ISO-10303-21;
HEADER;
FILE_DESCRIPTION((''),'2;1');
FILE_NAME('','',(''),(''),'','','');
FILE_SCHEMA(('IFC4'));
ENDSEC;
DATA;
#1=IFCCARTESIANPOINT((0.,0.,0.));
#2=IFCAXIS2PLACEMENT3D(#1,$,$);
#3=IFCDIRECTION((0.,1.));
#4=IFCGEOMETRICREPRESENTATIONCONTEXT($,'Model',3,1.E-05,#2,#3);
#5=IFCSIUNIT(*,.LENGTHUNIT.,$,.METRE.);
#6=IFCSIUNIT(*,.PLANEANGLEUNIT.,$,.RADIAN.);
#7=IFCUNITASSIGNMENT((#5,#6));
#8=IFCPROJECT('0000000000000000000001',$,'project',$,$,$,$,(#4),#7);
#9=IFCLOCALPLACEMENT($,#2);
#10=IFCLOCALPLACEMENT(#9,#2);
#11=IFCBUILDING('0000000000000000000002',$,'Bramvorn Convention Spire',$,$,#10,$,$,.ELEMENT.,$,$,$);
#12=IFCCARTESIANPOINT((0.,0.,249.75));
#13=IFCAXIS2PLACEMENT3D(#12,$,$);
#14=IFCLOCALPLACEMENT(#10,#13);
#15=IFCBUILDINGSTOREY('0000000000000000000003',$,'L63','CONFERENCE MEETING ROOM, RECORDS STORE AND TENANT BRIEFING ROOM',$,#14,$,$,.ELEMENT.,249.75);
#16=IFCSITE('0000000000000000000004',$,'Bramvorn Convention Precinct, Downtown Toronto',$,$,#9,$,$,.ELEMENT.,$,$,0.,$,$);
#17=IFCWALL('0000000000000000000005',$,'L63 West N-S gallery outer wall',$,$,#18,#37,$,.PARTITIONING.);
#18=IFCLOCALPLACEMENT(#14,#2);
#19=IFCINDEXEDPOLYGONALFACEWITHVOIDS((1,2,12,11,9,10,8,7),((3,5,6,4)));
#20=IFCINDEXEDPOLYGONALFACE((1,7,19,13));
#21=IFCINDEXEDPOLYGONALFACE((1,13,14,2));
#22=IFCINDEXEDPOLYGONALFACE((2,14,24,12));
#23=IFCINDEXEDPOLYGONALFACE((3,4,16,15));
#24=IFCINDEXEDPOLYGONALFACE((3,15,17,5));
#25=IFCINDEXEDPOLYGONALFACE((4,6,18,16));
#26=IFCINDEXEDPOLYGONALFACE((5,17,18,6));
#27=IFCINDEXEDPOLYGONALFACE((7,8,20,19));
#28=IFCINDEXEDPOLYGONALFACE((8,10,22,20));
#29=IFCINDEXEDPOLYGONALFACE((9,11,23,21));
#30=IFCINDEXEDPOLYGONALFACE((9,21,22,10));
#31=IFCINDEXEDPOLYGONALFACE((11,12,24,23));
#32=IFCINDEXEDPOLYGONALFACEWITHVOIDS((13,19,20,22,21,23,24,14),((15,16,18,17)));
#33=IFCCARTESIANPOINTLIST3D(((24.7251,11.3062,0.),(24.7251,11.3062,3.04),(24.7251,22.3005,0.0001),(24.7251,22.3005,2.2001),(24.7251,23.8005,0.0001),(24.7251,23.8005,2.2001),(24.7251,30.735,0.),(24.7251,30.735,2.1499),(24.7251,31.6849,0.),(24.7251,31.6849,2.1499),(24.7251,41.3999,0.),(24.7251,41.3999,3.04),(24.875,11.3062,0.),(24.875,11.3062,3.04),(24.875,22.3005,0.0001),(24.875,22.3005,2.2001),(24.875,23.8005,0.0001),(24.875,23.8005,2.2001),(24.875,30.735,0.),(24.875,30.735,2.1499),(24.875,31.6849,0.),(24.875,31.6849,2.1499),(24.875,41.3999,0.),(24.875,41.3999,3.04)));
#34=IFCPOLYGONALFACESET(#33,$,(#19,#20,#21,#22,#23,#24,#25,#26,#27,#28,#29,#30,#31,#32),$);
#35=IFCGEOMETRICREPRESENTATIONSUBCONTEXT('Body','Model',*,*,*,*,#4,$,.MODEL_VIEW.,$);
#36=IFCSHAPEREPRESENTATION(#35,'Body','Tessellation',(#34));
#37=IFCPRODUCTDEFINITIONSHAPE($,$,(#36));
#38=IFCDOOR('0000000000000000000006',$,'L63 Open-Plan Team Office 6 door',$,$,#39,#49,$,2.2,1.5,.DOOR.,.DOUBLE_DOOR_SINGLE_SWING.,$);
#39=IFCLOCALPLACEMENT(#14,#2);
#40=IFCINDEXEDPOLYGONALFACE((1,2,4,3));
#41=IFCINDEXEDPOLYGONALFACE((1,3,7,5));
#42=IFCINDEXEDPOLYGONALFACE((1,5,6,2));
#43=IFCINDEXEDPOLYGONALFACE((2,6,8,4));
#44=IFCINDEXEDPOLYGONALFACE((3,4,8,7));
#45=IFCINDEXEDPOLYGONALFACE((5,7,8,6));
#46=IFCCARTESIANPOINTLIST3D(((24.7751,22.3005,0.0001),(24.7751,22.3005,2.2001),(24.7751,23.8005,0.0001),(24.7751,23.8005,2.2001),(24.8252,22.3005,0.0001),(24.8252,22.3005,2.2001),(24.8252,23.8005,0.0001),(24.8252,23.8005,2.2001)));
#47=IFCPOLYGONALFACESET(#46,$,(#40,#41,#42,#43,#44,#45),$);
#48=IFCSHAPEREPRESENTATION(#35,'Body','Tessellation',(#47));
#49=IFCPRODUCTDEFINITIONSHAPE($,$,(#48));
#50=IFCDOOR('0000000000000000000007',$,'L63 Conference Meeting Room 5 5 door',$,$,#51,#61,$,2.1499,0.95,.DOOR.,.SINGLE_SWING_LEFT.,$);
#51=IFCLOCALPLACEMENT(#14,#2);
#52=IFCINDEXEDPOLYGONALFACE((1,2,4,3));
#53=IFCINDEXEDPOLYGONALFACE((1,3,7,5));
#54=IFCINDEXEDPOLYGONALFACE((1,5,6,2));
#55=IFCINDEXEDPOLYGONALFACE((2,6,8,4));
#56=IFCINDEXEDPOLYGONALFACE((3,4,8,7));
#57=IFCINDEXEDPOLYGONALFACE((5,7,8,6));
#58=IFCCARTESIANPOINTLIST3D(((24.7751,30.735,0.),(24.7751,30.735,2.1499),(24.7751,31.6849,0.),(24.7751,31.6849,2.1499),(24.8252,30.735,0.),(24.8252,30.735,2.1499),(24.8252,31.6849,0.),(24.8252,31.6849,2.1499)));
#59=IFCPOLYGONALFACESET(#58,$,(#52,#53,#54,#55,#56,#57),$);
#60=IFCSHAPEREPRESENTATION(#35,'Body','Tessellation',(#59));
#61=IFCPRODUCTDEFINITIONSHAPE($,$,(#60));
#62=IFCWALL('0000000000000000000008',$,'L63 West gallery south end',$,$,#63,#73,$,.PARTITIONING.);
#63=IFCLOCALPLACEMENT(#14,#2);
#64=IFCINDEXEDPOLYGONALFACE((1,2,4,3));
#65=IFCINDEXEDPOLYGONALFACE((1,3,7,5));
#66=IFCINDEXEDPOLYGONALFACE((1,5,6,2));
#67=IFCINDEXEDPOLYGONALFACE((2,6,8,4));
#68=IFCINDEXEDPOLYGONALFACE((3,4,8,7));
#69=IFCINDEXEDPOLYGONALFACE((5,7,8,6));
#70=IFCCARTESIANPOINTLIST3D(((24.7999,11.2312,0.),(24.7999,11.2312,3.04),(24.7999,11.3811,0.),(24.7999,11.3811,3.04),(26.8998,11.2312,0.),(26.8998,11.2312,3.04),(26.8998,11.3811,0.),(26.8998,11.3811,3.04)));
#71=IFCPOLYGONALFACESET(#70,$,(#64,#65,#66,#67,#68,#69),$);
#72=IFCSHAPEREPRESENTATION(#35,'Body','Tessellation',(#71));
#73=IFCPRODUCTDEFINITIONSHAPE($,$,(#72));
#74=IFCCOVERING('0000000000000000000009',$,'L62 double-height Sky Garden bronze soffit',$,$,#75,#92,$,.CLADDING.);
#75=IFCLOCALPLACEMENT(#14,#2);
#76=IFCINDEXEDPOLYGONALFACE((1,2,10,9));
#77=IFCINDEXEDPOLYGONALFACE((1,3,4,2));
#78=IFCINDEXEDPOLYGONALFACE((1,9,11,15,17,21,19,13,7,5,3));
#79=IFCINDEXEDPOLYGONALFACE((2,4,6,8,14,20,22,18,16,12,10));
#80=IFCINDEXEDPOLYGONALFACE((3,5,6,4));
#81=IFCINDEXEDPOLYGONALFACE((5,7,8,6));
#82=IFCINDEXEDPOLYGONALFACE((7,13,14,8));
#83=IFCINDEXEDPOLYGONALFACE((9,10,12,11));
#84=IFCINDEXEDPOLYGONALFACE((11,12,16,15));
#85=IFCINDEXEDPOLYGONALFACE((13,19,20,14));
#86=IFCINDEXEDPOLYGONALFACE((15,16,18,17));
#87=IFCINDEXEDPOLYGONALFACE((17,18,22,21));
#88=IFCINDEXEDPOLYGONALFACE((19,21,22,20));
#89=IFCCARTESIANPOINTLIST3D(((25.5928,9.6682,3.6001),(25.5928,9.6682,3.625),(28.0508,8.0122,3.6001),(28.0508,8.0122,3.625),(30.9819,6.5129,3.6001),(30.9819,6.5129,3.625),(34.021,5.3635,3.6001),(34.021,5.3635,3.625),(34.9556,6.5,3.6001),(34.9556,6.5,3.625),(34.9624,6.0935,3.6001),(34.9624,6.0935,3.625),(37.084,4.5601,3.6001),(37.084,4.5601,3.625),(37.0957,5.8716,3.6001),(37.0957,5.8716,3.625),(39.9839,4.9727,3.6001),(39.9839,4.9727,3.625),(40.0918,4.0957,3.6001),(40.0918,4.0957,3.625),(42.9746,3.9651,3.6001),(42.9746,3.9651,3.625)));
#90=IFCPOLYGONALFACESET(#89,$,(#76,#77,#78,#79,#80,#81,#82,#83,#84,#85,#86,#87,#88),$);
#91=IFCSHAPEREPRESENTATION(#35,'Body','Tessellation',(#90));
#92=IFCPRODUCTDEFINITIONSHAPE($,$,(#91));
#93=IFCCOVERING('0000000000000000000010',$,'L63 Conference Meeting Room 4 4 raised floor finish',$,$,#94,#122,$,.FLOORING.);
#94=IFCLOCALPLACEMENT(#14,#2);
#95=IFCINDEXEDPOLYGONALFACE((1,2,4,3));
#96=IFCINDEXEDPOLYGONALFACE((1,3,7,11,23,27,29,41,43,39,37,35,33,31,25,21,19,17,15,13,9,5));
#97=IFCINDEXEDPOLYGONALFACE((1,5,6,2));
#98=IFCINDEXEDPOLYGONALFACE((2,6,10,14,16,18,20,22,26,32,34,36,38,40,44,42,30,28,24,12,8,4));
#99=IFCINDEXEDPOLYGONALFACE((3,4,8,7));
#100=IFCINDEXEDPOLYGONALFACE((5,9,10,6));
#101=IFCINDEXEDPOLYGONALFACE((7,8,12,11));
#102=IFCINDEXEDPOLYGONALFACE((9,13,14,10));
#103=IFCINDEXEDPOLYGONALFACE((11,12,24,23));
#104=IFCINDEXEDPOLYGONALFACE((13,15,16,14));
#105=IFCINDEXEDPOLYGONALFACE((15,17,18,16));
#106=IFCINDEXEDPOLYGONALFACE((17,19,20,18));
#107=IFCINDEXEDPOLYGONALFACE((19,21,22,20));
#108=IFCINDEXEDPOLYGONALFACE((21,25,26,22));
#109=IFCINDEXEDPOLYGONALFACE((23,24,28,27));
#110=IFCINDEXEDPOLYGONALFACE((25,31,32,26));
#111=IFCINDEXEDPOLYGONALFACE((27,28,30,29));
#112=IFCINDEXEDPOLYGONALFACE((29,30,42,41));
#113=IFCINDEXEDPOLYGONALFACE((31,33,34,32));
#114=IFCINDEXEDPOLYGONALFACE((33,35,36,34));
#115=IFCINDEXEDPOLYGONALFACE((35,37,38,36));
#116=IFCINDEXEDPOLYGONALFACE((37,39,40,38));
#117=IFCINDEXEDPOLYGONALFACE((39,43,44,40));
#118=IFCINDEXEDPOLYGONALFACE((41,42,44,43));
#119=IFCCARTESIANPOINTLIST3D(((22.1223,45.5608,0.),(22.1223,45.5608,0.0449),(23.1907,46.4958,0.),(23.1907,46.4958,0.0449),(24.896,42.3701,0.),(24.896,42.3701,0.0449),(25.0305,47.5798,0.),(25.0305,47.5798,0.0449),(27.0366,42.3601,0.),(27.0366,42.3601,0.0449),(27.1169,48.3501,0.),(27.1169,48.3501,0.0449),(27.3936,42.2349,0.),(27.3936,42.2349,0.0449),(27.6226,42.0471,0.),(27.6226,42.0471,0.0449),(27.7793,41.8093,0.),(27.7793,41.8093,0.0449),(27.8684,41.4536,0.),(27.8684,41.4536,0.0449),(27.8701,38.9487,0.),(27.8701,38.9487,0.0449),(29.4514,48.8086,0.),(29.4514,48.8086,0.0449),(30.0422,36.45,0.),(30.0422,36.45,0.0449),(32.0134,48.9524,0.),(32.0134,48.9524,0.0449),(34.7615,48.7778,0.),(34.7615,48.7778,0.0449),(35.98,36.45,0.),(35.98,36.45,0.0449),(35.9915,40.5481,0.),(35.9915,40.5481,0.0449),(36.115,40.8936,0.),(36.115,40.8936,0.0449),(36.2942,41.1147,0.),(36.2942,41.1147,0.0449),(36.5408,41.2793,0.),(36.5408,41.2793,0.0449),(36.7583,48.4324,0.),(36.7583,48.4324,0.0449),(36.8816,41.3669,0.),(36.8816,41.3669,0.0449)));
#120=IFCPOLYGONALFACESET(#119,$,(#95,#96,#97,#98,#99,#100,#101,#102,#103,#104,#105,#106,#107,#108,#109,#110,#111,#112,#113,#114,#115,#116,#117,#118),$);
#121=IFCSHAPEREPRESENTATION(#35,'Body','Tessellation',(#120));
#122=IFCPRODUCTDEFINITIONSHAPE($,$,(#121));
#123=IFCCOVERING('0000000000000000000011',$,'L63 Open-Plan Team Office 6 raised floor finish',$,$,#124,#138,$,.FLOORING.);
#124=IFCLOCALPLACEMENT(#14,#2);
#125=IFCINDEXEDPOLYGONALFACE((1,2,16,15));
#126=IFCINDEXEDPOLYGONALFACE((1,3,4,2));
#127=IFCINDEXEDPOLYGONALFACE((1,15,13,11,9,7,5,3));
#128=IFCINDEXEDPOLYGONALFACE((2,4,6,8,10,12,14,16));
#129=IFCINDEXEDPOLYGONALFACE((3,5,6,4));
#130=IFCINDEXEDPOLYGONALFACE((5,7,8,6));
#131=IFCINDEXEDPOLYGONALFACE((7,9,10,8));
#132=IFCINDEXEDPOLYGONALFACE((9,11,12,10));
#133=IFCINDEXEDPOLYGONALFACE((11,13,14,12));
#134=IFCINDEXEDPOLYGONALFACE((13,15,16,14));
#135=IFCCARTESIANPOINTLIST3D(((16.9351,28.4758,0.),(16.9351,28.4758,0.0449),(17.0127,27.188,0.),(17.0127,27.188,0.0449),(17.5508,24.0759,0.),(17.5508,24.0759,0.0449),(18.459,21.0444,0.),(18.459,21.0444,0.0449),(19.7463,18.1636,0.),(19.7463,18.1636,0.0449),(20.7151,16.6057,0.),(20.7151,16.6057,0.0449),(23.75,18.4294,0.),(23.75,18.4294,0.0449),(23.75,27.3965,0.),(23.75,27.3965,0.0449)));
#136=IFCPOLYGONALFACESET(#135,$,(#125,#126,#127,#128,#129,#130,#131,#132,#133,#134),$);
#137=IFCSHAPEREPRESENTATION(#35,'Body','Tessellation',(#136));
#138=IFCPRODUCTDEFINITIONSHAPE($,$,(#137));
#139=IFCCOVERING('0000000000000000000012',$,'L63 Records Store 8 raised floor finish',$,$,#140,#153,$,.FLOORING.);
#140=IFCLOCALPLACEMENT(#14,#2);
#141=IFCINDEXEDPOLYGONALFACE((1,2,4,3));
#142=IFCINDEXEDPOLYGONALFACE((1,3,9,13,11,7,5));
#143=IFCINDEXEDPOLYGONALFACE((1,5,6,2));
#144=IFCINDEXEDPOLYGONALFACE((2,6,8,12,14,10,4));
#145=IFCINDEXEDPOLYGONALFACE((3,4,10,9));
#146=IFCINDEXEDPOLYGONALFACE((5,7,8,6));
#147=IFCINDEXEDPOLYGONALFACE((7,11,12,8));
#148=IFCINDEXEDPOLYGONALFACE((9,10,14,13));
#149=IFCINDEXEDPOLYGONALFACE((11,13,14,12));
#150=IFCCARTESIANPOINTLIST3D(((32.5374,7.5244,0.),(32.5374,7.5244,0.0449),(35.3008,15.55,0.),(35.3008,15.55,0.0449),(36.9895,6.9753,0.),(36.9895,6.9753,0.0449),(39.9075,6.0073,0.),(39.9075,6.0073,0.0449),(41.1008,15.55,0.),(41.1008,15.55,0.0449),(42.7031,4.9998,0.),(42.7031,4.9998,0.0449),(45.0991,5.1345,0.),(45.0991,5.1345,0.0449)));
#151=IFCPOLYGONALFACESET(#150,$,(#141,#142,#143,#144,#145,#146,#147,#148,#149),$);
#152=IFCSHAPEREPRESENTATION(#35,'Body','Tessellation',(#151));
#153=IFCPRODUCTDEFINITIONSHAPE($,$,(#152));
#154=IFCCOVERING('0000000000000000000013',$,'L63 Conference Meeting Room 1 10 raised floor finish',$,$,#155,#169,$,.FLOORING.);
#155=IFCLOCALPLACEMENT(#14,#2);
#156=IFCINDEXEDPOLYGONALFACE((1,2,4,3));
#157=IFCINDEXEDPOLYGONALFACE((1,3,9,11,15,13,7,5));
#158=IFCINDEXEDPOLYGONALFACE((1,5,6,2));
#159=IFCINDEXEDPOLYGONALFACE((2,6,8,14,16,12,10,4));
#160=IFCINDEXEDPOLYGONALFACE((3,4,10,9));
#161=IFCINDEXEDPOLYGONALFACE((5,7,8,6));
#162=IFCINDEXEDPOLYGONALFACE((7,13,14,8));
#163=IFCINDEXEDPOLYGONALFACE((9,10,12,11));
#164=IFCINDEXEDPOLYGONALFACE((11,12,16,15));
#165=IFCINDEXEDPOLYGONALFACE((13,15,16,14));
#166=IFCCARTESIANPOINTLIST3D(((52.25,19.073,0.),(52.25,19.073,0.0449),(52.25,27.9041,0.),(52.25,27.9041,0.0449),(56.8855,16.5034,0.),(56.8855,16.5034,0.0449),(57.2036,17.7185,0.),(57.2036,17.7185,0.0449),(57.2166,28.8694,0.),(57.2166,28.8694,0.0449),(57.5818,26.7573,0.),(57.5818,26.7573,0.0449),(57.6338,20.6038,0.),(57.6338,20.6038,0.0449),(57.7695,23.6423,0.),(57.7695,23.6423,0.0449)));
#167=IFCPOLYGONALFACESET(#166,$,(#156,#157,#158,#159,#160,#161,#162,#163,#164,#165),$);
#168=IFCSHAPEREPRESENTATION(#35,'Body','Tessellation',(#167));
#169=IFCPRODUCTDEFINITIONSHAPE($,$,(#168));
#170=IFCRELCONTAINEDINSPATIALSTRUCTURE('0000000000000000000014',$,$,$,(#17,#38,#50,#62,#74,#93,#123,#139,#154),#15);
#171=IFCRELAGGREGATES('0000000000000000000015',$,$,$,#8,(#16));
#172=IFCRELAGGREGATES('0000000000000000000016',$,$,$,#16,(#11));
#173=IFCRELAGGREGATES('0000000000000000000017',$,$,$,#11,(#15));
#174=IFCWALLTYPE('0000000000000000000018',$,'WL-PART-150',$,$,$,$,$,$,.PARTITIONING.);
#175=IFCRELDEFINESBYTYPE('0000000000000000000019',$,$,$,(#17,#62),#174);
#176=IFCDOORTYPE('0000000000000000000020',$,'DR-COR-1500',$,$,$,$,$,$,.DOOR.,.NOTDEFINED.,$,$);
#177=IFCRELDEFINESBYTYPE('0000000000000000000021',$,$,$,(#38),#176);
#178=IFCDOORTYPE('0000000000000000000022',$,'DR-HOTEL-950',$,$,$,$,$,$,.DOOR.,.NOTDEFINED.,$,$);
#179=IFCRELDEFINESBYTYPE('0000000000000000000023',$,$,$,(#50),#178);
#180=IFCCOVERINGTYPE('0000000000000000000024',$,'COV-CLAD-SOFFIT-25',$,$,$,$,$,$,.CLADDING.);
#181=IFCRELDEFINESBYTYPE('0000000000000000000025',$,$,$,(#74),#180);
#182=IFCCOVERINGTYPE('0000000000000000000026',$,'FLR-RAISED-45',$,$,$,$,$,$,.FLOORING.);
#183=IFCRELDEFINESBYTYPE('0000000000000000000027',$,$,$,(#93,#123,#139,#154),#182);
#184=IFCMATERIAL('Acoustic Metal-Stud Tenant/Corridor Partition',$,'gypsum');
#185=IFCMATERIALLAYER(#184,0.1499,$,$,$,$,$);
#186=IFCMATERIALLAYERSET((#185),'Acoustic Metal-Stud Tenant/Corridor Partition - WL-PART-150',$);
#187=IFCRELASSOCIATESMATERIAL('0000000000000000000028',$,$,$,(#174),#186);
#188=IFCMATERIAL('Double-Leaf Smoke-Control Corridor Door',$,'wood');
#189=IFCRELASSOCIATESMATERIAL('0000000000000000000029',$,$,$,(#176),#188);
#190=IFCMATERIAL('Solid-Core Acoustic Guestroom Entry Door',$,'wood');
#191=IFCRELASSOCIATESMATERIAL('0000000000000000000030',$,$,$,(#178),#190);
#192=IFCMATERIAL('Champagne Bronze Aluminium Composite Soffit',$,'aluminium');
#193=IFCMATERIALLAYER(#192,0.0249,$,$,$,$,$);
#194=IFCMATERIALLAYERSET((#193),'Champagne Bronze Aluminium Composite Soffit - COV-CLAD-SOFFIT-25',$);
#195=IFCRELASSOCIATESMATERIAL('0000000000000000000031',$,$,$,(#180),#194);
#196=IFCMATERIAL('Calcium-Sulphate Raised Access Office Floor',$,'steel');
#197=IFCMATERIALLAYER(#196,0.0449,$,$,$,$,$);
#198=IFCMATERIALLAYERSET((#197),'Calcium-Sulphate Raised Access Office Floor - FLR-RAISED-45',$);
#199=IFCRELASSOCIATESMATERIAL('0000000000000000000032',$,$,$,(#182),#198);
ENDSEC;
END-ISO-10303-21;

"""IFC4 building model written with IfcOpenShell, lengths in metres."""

from ifc_helpers import new_model, si_unit, direction, frame, frame_2d, origin, place, context, subcontext, project, spatial, polyline, rectangle, outline, extrude, material, layer, layer_set, type_object, element, fill, save


model = new_model("IFC4")

# Units and contexts
model_context = context("Model", 3, precision=1e-05, world=origin(), true_north=direction((0.0, 1.0)))
body_context = subcontext(model_context, "Body", "Model", "MODEL_VIEW")
ifc_project = project(units=[si_unit("LENGTHUNIT", "METRE"), si_unit("PLANEANGLEUNIT", "RADIAN")], contexts=[model_context])

# Site, building, storey
site_placement = place(None, origin())
site = spatial("IfcSite", under=ifc_project, at=site_placement, Name="Bramvorn Convention Precinct, Downtown Toronto", CompositionType="ELEMENT", RefElevation=0.0)
building_placement = place(site_placement, origin())
building = spatial("IfcBuilding", under=site, at=building_placement, Name="Bramvorn Convention Spire", CompositionType="ELEMENT")
storey_placement = place(building_placement, frame((0.0, 0.0, 249.75)))
storey = spatial("IfcBuildingStorey", under=building, at=storey_placement, Name="L63", Description="CONFERENCE MEETING ROOM, RECORDS STORE AND TENANT BRIEFING ROOM", CompositionType="ELEMENT", Elevation=249.75)

# Wall, openings, doors
ifc_material_1 = material(Name="Acoustic Metal-Stud Tenant/Corridor Partition", Category="gypsum")
ifc_layer_1 = layer(ifc_material_1, 0.1499)
ifc_layer_set_1 = layer_set([ifc_layer_1], Name="Acoustic Metal-Stud Tenant/Corridor Partition - WL-PART-150")
wall_type_1 = type_object("IfcWallType", Name="WL-PART-150", PredefinedType="PARTITIONING", material=ifc_layer_set_1)
wall_1_placement = place(storey_placement, frame((24.8, 11.3062, 0.0), z_axis=(0.0, 0.0, 1.0), x_axis=(0.0, 1.0, 0.0)))
wall_1 = element("IfcWall", 1, at=wall_1_placement, inside=storey, type_object=wall_type_1, Name="L63 West N-S gallery outer wall", PredefinedType="PARTITIONING", context=body_context, shape_type="SweptSolid", body=[
    extrude(rectangle(XDim=30.0938, YDim=0.1499, at=frame_2d((15.0469, 0.0))), origin(), (0.0, 0.0, 1.0), 3.04),
])
opening_1_placement = place(wall_1_placement, frame((19.4287, 0.0, 0.0)))
opening_1 = element("IfcOpeningElement", 2, at=opening_1_placement, cuts=wall_1, PredefinedType="OPENING", context=body_context, shape_type="SweptSolid", body=[
    extrude(rectangle(XDim=0.95, YDim=2.1499, at=frame_2d((0.4751, 1.075))), frame((0.0, 0.085, 0.0), z_axis=(0.0, -1.0, 0.0), x_axis=(1.0, 0.0, 0.0)), (0.0, 0.0, 1.0), 0.1699),
])
opening_2_placement = place(wall_1_placement, frame((10.9944, 0.0, 0.0)))
opening_2 = element("IfcOpeningElement", 3, at=opening_2_placement, cuts=wall_1, PredefinedType="OPENING", context=body_context, shape_type="SweptSolid", body=[
    extrude(rectangle(XDim=1.5, YDim=2.2, at=frame_2d((0.75, 1.1001))), frame((0.0, 0.085, 0.0), z_axis=(0.0, -1.0, 0.0), x_axis=(1.0, 0.0, 0.0)), (0.0, 0.0, 1.0), 0.1699),
])
ifc_material_2 = material(Name="Double-Leaf Smoke-Control Corridor Door", Category="wood")
door_type_1 = type_object("IfcDoorType", Name="DR-COR-1500", OperationType="NOTDEFINED", PredefinedType="DOOR", material=ifc_material_2)
door_1_placement = place(opening_2_placement, origin())
door_1 = element("IfcDoor", 4, at=door_1_placement, inside=storey, type_object=door_type_1, Name="L63 Open-Plan Team Office 6 door", OperationType="DOUBLE_DOOR_SINGLE_SWING", OverallHeight=2.2, OverallWidth=1.5, PredefinedType="DOOR", context=body_context, shape_type="SweptSolid", body=[
    extrude(rectangle(XDim=1.5, YDim=2.2, at=frame_2d((0.75, 1.1001))), frame((0.0, 0.0249, 0.0), z_axis=(0.0, -1.0, 0.0), x_axis=(1.0, 0.0, 0.0)), (0.0, 0.0, 1.0), 0.05),
])
fill(opening_2, door_1)
ifc_material_3 = material(Name="Solid-Core Acoustic Guestroom Entry Door", Category="wood")
door_type_2 = type_object("IfcDoorType", Name="DR-HOTEL-950", OperationType="NOTDEFINED", PredefinedType="DOOR", material=ifc_material_3)
door_2_placement = place(opening_1_placement, origin())
door_2 = element("IfcDoor", 5, at=door_2_placement, inside=storey, type_object=door_type_2, Name="L63 Conference Meeting Room 5 5 door", OperationType="SINGLE_SWING_LEFT", OverallHeight=2.1499, OverallWidth=0.95, PredefinedType="DOOR", context=body_context, shape_type="SweptSolid", body=[
    extrude(rectangle(XDim=0.95, YDim=2.1499, at=frame_2d((0.4751, 1.075))), frame((0.0, 0.0249, 0.0), z_axis=(0.0, -1.0, 0.0), x_axis=(1.0, 0.0, 0.0)), (0.0, 0.0, 1.0), 0.05),
])
fill(opening_1, door_2)

# Wall
wall_2_placement = place(storey_placement, frame((24.8, 11.3062, 0.0), z_axis=(0.0, 0.0, 1.0), x_axis=(1.0, 0.0, 0.0)))
element("IfcWall", 6, at=wall_2_placement, inside=storey, type_object=wall_type_1, Name="L63 West gallery south end", PredefinedType="PARTITIONING", context=body_context, shape_type="SweptSolid", body=[
    extrude(rectangle(XDim=2.0999, YDim=0.1499, at=frame_2d((1.0498, 0.0))), origin(), (0.0, 0.0, 1.0), 3.04),
])

# Coverings
ifc_material_4 = material(Name="Champagne Bronze Aluminium Composite Soffit", Category="aluminium")
ifc_layer_2 = layer(ifc_material_4, 0.0249)
ifc_layer_set_2 = layer_set([ifc_layer_2], Name="Champagne Bronze Aluminium Composite Soffit - COV-CLAD-SOFFIT-25")
covering_type_1 = type_object("IfcCoveringType", Name="COV-CLAD-SOFFIT-25", PredefinedType="CLADDING", material=ifc_layer_set_2)
covering_1_placement = place(storey_placement, frame((0.0, 0.0, 3.6001)))
element("IfcCovering", 7, at=covering_1_placement, inside=storey, type_object=covering_type_1, Name="L62 double-height Sky Garden bronze soffit", PredefinedType="CLADDING", context=body_context, shape_type="SweptSolid", body=[
    extrude(outline(polyline([(37.084, 4.5601), (40.0918, 4.0957), (42.9746, 3.9651), (39.9839, 4.9727), (37.0957, 5.8716), (34.9624, 6.0935), (34.9556, 6.5), (25.5928, 9.6682), (28.0508, 8.0122), (30.9819, 6.5129), (34.021, 5.3635), (37.084, 4.5601)])), origin(), (0.0, 0.0, 1.0), 0.0249),
])
ifc_material_5 = material(Name="Calcium-Sulphate Raised Access Office Floor", Category="steel")
ifc_layer_3 = layer(ifc_material_5, 0.0449)
ifc_layer_set_3 = layer_set([ifc_layer_3], Name="Calcium-Sulphate Raised Access Office Floor - FLR-RAISED-45")
covering_type_2 = type_object("IfcCoveringType", Name="FLR-RAISED-45", PredefinedType="FLOORING", material=ifc_layer_set_3)
covering_2_placement = place(storey_placement, origin())
element("IfcCovering", 8, at=covering_2_placement, inside=storey, type_object=covering_type_2, Name="L63 Conference Meeting Room 4 4 raised floor finish", PredefinedType="FLOORING", context=body_context, shape_type="SweptSolid", body=[
    extrude(outline(polyline([(24.896, 42.3701), (27.0366, 42.3601), (27.3936, 42.2349), (27.6226, 42.0471), (27.7793, 41.8093), (27.8684, 41.4536), (27.8701, 38.9487), (30.0422, 36.45), (35.98, 36.45), (35.9915, 40.5481), (36.115, 40.8936), (36.2942, 41.1147), (36.5408, 41.2793), (36.8816, 41.3669), (36.7583, 48.4324), (34.7615, 48.7778), (32.0134, 48.9524), (29.4514, 48.8086), (27.1169, 48.3501), (25.0305, 47.5798), (23.1907, 46.4958), (22.1223, 45.5608), (24.896, 42.3701)])), origin(), (0.0, 0.0, 1.0), 0.0449),
])
covering_3_placement = place(storey_placement, origin())
element("IfcCovering", 9, at=covering_3_placement, inside=storey, type_object=covering_type_2, Name="L63 Open-Plan Team Office 6 raised floor finish", PredefinedType="FLOORING", context=body_context, shape_type="SweptSolid", body=[
    extrude(outline(polyline([(19.7463, 18.1636), (20.7151, 16.6057), (23.75, 18.4294), (23.75, 27.3965), (16.9351, 28.4758), (17.0127, 27.188), (17.5508, 24.0759), (18.459, 21.0444), (19.7463, 18.1636)])), origin(), (0.0, 0.0, 1.0), 0.0449),
])
covering_4_placement = place(storey_placement, origin())
element("IfcCovering", 10, at=covering_4_placement, inside=storey, type_object=covering_type_2, Name="L63 Records Store 8 raised floor finish", PredefinedType="FLOORING", context=body_context, shape_type="SweptSolid", body=[
    extrude(outline(polyline([(45.0991, 5.1345), (41.1008, 15.55), (35.3008, 15.55), (32.5374, 7.5244), (36.9895, 6.9753), (39.9075, 6.0073), (42.7031, 4.9998), (45.0991, 5.1345)])), origin(), (0.0, 0.0, 1.0), 0.0449),
])
covering_5_placement = place(storey_placement, origin())
element("IfcCovering", 11, at=covering_5_placement, inside=storey, type_object=covering_type_2, Name="L63 Conference Meeting Room 1 10 raised floor finish", PredefinedType="FLOORING", context=body_context, shape_type="SweptSolid", body=[
    extrude(outline(polyline([(57.5818, 26.7573), (57.2166, 28.8694), (52.25, 27.9041), (52.25, 19.073), (56.8855, 16.5034), (57.2036, 17.7185), (57.6338, 20.6038), (57.7695, 23.6423), (57.5818, 26.7573)])), origin(), (0.0, 0.0, 1.0), 0.0449),
])

save(model, "model.ifc")
